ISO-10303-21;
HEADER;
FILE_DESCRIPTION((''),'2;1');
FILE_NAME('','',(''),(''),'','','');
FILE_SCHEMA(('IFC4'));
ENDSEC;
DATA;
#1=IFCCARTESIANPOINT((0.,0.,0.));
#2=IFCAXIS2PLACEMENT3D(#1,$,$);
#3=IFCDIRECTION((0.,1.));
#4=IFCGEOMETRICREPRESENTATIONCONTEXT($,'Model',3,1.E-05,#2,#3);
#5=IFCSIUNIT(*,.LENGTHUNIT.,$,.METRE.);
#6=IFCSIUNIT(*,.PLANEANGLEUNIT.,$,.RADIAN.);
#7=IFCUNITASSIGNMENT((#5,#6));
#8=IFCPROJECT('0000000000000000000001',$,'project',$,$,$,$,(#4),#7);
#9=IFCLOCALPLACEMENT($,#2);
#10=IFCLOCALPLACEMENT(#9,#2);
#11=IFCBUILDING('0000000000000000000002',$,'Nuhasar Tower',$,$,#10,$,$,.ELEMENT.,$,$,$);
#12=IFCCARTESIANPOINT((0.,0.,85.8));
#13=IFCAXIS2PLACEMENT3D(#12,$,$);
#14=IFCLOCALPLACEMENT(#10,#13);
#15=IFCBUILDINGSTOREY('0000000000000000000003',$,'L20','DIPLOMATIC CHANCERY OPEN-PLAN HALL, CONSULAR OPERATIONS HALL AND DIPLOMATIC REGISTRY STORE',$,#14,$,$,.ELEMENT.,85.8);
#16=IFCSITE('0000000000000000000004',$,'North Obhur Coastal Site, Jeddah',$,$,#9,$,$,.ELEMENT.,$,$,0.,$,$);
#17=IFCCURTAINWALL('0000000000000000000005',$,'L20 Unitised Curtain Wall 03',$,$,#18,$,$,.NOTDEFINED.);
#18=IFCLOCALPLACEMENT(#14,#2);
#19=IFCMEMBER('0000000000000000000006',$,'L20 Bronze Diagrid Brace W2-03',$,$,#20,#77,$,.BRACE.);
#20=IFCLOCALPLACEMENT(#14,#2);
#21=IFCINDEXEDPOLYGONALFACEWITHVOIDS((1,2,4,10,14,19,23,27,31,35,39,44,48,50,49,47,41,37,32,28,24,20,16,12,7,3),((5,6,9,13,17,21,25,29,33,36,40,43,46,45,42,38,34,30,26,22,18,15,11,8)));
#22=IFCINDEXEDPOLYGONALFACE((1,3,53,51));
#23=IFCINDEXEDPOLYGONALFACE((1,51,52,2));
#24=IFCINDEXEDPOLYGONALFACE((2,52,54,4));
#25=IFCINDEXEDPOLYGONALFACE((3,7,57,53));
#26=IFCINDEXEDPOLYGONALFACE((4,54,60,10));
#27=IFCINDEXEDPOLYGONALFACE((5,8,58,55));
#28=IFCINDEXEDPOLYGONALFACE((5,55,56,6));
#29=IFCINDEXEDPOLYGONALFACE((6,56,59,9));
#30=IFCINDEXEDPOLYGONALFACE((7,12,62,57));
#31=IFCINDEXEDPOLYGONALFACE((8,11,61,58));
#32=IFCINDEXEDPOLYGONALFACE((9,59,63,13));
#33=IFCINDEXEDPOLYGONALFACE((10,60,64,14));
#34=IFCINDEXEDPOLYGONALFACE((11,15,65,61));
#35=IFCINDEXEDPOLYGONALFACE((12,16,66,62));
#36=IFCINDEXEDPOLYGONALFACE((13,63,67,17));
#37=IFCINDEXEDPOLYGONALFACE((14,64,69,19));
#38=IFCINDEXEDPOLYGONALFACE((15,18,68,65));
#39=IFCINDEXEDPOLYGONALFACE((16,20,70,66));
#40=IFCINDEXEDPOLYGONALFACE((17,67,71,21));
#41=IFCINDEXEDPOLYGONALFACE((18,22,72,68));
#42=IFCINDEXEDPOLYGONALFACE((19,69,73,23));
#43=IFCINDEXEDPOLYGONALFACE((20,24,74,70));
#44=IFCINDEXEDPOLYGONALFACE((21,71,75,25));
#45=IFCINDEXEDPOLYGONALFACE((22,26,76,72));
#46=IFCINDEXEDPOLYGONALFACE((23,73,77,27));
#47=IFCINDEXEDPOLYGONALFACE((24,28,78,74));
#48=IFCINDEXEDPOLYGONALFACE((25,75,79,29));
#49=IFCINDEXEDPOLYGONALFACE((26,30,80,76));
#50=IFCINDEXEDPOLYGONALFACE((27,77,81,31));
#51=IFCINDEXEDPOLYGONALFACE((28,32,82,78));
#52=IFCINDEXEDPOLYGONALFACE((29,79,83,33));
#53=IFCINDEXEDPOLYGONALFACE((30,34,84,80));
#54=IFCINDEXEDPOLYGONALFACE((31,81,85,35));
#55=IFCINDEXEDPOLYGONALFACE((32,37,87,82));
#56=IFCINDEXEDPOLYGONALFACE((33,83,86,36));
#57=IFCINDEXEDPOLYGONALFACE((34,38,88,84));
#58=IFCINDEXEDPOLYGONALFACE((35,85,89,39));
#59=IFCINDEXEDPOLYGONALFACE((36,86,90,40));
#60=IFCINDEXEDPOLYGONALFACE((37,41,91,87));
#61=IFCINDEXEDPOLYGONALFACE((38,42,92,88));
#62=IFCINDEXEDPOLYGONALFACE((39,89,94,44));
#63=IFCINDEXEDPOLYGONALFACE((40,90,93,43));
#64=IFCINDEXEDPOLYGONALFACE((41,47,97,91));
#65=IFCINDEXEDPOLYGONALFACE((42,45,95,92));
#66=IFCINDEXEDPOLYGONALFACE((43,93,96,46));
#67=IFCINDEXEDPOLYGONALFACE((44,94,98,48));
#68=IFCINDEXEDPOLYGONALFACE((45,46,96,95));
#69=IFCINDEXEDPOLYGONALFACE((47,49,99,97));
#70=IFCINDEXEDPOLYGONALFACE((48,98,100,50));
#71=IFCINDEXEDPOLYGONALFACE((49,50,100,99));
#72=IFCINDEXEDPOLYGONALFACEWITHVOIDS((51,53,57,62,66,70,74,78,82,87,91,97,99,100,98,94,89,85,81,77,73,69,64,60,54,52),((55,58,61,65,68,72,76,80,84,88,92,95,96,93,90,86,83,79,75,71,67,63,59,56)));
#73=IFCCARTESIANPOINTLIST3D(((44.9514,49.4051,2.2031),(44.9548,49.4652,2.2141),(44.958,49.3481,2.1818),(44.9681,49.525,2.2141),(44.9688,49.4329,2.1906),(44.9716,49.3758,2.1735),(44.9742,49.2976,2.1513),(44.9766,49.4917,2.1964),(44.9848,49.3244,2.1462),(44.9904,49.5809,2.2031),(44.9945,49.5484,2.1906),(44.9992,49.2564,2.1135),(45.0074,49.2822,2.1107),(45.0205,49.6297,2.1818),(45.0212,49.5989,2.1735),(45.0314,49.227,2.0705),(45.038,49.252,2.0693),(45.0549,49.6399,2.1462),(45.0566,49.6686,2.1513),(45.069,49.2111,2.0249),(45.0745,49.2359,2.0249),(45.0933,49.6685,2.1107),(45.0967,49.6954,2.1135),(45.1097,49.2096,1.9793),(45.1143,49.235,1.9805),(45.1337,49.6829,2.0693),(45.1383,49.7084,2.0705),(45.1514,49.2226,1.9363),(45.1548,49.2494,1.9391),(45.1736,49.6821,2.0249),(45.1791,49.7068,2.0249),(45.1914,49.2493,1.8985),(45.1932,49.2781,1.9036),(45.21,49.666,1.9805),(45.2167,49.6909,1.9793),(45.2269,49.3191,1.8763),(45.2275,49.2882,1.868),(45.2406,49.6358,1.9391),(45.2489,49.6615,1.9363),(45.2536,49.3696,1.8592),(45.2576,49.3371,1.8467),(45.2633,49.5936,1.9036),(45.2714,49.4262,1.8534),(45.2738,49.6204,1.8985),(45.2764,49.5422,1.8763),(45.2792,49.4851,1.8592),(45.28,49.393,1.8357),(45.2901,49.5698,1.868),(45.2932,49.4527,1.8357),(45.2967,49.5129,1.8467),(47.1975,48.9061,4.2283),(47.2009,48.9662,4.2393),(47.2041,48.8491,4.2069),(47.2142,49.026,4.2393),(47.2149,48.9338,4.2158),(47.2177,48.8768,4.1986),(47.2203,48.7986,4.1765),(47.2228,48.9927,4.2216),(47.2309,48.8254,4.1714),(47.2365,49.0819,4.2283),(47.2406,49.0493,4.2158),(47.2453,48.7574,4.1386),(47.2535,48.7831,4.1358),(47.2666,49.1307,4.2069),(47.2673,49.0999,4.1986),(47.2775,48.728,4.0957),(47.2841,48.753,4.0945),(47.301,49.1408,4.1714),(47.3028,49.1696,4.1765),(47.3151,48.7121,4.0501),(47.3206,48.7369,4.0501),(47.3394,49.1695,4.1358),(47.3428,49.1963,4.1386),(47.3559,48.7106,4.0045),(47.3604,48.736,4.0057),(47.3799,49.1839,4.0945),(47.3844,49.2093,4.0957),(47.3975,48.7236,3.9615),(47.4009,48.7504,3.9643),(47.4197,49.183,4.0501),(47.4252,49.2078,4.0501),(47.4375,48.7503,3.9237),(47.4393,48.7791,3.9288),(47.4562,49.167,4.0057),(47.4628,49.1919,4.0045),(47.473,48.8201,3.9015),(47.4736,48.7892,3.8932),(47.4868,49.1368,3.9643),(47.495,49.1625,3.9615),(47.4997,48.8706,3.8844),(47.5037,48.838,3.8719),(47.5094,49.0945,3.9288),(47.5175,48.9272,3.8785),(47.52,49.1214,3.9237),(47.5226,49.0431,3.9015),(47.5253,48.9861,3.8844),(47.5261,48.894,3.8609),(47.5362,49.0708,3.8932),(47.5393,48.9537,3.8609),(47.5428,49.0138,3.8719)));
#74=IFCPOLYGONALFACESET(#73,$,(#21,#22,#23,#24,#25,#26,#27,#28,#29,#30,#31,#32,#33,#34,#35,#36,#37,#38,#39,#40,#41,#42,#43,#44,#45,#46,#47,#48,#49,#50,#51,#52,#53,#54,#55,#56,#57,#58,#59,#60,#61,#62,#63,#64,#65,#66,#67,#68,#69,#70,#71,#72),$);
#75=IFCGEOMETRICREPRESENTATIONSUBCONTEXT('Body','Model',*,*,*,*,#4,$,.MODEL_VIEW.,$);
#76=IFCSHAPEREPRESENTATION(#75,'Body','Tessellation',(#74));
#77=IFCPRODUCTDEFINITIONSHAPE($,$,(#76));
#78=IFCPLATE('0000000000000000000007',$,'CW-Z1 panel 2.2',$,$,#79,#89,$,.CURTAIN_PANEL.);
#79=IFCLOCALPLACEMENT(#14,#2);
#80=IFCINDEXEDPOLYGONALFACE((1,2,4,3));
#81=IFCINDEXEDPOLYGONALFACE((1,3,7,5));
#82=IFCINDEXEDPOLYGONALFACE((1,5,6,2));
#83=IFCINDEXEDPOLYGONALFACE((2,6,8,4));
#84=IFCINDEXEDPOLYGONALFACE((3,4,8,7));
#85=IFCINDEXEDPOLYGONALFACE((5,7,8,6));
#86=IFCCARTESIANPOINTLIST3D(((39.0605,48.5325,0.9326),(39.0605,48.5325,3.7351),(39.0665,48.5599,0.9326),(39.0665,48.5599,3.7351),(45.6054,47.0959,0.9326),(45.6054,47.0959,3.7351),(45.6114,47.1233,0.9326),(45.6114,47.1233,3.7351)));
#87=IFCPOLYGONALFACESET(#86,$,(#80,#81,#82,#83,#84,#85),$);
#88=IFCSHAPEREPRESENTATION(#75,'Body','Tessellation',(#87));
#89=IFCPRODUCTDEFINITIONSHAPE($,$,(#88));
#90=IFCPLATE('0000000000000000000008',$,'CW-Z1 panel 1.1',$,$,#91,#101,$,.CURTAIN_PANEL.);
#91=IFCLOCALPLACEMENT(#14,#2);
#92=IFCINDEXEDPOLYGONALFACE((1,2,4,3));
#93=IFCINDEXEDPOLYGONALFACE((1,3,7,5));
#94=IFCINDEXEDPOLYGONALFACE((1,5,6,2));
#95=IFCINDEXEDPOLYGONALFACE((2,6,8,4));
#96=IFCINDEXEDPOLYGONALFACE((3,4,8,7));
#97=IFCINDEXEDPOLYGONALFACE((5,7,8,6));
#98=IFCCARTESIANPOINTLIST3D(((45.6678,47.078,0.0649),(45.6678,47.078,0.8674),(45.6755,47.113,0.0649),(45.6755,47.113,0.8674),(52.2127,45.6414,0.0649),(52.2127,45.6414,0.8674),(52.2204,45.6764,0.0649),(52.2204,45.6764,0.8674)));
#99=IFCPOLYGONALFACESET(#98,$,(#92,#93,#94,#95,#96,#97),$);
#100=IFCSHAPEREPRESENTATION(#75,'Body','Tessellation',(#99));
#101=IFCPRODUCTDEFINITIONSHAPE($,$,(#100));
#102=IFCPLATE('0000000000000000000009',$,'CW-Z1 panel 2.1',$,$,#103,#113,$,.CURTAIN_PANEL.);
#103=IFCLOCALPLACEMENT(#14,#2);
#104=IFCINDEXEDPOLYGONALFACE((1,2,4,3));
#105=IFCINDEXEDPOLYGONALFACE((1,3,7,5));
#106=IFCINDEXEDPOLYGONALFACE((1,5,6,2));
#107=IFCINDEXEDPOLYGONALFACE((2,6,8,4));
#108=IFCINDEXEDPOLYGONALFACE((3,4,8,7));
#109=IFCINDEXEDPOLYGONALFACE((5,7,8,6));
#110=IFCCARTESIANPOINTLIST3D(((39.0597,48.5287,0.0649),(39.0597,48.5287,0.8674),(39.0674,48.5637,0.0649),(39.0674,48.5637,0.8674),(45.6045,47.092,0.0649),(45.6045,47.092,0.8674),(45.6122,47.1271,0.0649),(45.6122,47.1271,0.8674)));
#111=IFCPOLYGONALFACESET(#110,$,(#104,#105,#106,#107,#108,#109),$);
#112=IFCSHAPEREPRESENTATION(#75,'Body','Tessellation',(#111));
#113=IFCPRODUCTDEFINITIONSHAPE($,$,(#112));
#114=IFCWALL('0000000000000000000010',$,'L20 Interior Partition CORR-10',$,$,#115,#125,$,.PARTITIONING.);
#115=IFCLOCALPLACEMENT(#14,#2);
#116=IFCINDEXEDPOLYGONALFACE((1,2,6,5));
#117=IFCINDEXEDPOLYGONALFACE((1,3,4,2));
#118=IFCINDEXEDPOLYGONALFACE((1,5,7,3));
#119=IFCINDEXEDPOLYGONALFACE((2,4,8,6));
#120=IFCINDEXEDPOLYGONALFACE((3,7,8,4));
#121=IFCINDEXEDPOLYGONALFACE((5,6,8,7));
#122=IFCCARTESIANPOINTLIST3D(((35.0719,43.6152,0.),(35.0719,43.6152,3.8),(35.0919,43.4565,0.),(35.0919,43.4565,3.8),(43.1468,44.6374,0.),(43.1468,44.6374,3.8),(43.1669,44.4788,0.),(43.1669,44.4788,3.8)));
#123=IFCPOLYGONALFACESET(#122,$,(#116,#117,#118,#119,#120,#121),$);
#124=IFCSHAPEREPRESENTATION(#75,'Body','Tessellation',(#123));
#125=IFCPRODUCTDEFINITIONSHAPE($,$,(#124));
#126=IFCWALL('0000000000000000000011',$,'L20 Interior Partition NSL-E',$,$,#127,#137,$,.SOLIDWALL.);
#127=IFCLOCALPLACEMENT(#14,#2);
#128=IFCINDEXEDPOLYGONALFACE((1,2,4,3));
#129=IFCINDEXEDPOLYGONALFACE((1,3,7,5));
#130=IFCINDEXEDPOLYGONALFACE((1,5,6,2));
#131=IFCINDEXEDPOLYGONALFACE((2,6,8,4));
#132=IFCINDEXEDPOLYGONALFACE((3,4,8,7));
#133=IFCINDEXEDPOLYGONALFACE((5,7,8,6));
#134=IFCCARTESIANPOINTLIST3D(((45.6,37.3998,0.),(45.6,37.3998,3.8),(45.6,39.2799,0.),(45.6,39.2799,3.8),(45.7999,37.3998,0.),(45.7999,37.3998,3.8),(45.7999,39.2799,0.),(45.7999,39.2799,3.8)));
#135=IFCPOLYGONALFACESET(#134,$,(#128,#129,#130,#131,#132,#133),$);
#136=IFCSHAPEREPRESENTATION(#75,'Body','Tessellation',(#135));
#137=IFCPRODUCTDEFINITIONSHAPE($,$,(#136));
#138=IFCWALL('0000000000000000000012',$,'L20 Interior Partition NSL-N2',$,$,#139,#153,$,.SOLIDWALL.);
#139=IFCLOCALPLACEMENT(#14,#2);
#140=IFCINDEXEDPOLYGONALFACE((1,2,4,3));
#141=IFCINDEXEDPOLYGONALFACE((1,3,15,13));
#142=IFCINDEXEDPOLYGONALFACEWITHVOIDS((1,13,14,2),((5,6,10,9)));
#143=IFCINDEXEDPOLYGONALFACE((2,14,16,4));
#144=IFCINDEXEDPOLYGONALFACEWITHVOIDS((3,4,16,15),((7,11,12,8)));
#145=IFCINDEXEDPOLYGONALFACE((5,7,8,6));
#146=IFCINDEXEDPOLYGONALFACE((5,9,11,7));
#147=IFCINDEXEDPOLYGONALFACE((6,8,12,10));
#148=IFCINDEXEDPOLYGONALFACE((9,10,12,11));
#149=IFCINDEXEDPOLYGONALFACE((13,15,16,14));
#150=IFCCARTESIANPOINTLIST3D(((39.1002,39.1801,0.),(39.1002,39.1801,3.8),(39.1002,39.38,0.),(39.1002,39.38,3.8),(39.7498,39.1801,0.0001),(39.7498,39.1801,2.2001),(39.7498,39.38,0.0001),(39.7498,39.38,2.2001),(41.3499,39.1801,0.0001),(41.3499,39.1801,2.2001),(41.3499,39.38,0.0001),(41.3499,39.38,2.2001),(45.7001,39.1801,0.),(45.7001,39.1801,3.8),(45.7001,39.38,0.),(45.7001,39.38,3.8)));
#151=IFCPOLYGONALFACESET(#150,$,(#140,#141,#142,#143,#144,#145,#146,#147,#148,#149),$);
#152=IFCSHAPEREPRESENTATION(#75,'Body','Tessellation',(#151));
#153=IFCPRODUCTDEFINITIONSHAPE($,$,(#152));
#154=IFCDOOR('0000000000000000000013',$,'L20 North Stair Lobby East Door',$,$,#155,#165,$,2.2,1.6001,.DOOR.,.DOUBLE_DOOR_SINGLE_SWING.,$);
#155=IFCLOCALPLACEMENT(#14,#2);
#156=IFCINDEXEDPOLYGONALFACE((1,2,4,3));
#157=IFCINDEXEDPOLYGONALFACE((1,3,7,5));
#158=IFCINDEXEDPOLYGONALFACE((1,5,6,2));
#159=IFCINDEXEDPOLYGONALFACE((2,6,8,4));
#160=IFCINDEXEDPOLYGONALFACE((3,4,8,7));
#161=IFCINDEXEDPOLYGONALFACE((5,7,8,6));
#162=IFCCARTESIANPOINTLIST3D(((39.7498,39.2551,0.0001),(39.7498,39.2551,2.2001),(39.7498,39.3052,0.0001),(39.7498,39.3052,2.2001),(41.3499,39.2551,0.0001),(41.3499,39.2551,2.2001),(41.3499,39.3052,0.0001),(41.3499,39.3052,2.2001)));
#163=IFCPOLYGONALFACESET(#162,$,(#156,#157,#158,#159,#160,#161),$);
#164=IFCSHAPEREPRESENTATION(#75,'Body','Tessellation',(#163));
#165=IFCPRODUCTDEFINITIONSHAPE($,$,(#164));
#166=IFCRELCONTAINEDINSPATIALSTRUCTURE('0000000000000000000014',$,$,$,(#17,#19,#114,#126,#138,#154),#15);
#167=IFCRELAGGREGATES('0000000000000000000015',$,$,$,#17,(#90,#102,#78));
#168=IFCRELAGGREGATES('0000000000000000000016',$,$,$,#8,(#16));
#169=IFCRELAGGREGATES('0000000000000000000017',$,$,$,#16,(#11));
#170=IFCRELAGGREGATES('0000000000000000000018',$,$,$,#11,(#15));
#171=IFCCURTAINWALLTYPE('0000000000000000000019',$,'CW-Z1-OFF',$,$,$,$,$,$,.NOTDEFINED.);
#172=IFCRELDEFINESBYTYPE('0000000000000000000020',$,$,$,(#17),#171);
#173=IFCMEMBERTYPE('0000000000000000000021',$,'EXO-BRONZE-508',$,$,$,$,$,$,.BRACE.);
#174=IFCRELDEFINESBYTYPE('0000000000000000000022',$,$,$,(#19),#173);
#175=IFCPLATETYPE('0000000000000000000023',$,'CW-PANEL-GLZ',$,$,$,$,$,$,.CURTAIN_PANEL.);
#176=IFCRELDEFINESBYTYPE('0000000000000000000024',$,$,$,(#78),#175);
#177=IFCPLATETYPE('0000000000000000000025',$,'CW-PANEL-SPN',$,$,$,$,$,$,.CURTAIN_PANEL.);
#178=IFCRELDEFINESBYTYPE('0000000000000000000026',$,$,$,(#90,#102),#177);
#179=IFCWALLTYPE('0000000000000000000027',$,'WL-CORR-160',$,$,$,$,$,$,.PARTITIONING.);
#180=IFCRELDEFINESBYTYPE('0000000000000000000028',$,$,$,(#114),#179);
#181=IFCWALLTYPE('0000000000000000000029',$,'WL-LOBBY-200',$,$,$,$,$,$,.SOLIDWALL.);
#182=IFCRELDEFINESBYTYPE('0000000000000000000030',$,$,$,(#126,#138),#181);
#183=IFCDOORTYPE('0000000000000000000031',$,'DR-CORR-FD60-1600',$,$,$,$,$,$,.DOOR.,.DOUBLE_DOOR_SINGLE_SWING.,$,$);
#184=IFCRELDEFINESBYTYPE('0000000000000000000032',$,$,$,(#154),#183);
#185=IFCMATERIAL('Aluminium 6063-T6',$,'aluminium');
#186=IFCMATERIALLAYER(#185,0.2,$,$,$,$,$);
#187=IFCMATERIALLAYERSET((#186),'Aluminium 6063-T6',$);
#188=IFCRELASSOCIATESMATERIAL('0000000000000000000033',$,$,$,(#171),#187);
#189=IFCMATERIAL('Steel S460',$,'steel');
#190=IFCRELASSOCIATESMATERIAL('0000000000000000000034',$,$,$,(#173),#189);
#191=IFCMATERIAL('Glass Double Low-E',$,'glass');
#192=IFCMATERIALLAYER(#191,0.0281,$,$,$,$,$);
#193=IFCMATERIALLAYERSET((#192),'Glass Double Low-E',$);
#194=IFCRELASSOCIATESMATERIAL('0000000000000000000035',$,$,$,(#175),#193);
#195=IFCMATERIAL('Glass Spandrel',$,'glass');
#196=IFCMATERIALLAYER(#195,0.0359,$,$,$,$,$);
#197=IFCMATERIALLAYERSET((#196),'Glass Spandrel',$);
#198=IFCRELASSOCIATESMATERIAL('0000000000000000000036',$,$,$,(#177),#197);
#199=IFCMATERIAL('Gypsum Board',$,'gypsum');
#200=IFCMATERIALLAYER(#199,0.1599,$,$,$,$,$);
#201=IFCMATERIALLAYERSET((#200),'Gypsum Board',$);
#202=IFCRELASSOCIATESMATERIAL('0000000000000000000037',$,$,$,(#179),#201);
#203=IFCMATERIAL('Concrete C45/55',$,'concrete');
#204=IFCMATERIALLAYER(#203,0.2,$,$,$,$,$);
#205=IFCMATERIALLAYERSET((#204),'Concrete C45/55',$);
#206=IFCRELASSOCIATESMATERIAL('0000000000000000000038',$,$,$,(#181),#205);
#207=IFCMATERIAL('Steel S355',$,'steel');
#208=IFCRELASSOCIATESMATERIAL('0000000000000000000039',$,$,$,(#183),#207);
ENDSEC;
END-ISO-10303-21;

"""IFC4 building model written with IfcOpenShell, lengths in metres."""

from ifc_helpers import new_model, si_unit, direction, frame, frame_2d, origin, origin_2d, place, context, subcontext, project, spatial, rectangle, hollow_circle, extrude, material, layer, layer_set, material_profile, profile_set, type_object, element, fill, aggregate, save


model = new_model("IFC4")

# Units and contexts
model_context = context("Model", 3, precision=1e-05, world=origin(), true_north=direction((0.0, 1.0)))
body_context = subcontext(model_context, "Body", "Model", "MODEL_VIEW")
ifc_project = project(units=[si_unit("LENGTHUNIT", "METRE"), si_unit("PLANEANGLEUNIT", "RADIAN")], contexts=[model_context])

# Site, building, storey
site_placement = place(None, origin())
site = spatial("IfcSite", under=ifc_project, at=site_placement, Name="North Obhur Coastal Site, Jeddah", CompositionType="ELEMENT", RefElevation=0.0)
building_placement = place(site_placement, origin())
building = spatial("IfcBuilding", under=site, at=building_placement, Name="Nuhasar Tower", CompositionType="ELEMENT")
storey_placement = place(building_placement, frame((0.0, 0.0, 85.8)))
storey = spatial("IfcBuildingStorey", under=building, at=storey_placement, Name="L20", Description="DIPLOMATIC CHANCERY OPEN-PLAN HALL, CONSULAR OPERATIONS HALL AND DIPLOMATIC REGISTRY STORE", CompositionType="ELEMENT", Elevation=85.8)

# Shared definitions
ifc_material_1 = material(Name="Steel S355", Category="steel")

# Curtain wall
ifc_material_2 = material(Name="Aluminium 6063-T6", Category="aluminium")
ifc_layer_1 = layer(ifc_material_2, 0.2)
ifc_layer_set_1 = layer_set([ifc_layer_1], Name="Aluminium 6063-T6")
curtain_wall_type = type_object("IfcCurtainWallType", Name="CW-Z1-OFF", PredefinedType="NOTDEFINED", material=ifc_layer_set_1)
curtain_wall_placement = place(storey_placement, origin())
curtain_wall = element("IfcCurtainWall", 1, at=curtain_wall_placement, inside=storey, type_object=curtain_wall_type, Name="L20 Unitised Curtain Wall 03", PredefinedType="NOTDEFINED")

# Member
ifc_material_3 = material(Name="Steel S460", Category="steel")
ifc_material_profile_1 = material_profile(ifc_material_3, hollow_circle(Radius=0.2539, WallThickness=0.0254, at=origin_2d()), Name="HSS508X25.4")
ifc_profile_set_1 = profile_set([ifc_material_profile_1], Name="Steel S460")
member_type_1 = type_object("IfcMemberType", Name="EXO-BRONZE-508", PredefinedType="BRACE", material=ifc_profile_set_1)
member_1_placement = place(storey_placement, frame((45.124, 49.459, 2.0249), z_axis=(0.732783, -0.162805, 0.660699), x_axis=(0.216886, 0.976197, 0.0)))
element("IfcMember", 2, at=member_1_placement, inside=storey, type_object=member_type_1, Name="L20 Bronze Diagrid Brace W2-03", PredefinedType="BRACE", context=body_context, shape_type="SweptSolid", body=[
    extrude(hollow_circle(Radius=0.2539, WallThickness=0.0254, at=origin_2d()), origin(), (0.0, 0.0, 1.0), 3.0652),
])

# Plates
ifc_material_4 = material(Name="Glass Double Low-E", Category="glass")
ifc_layer_2 = layer(ifc_material_4, 0.0281)
ifc_layer_set_2 = layer_set([ifc_layer_2], Name="Glass Double Low-E")
plate_type_1 = type_object("IfcPlateType", Name="CW-PANEL-GLZ", PredefinedType="CURTAIN_PANEL", material=ifc_layer_set_2)
plate_1_placement = place(storey_placement, frame((42.3359, 47.8279, 0.9326), z_axis=(0.0, 0.0, 1.0), x_axis=(-0.976746, 0.214399, 0.0)))
plate_1 = element("IfcPlate", 3, at=plate_1_placement, type_object=plate_type_1, Name="CW-Z1 panel 2.2", PredefinedType="CURTAIN_PANEL", context=body_context, shape_type="SweptSolid", body=[
    extrude(rectangle(XDim=6.7007, YDim=0.0281, at=origin_2d()), origin(), (0.0, 0.0, 1.0), 2.8025),
])
ifc_material_5 = material(Name="Glass Spandrel", Category="glass")
ifc_layer_3 = layer(ifc_material_5, 0.0359)
ifc_layer_set_3 = layer_set([ifc_layer_3], Name="Glass Spandrel")
plate_type_2 = type_object("IfcPlateType", Name="CW-PANEL-SPN", PredefinedType="CURTAIN_PANEL", material=ifc_layer_set_3)
plate_2_placement = place(storey_placement, frame((48.9441, 46.3772, 0.0649), z_axis=(0.0, 0.0, 1.0), x_axis=(-0.976746, 0.214399, 0.0)))
plate_2 = element("IfcPlate", 4, at=plate_2_placement, type_object=plate_type_2, Name="CW-Z1 panel 1.1", PredefinedType="CURTAIN_PANEL", context=body_context, shape_type="SweptSolid", body=[
    extrude(rectangle(XDim=6.7007, YDim=0.0359, at=origin_2d()), origin(), (0.0, 0.0, 1.0), 0.8025),
])
plate_3_placement = place(storey_placement, frame((42.3359, 47.8279, 0.0649), z_axis=(0.0, 0.0, 1.0), x_axis=(-0.976746, 0.214399, 0.0)))
plate_3 = element("IfcPlate", 5, at=plate_3_placement, type_object=plate_type_2, Name="CW-Z1 panel 2.1", PredefinedType="CURTAIN_PANEL", context=body_context, shape_type="SweptSolid", body=[
    extrude(rectangle(XDim=6.7007, YDim=0.0359, at=origin_2d()), origin(), (0.0, 0.0, 1.0), 0.8025),
])
aggregate(curtain_wall, [plate_2, plate_3, plate_1])

# Walls
ifc_material_6 = material(Name="Gypsum Board", Category="gypsum")
ifc_layer_4 = layer(ifc_material_6, 0.1599)
ifc_layer_set_4 = layer_set([ifc_layer_4], Name="Gypsum Board")
wall_type_1 = type_object("IfcWallType", Name="WL-CORR-160", PredefinedType="PARTITIONING", material=ifc_layer_set_4)
wall_1_placement = place(storey_placement, frame((43.157, 44.5581, 0.0), z_axis=(0.0, 0.0, 1.0), x_axis=(-0.992082, -0.125589, 0.0)))
element("IfcWall", 6, at=wall_1_placement, inside=storey, type_object=wall_type_1, Name="L20 Interior Partition CORR-10", PredefinedType="PARTITIONING", context=body_context, shape_type="SweptSolid", body=[
    extrude(rectangle(XDim=8.1394, YDim=0.1599, at=frame_2d((4.0698, 0.0))), origin(), (0.0, 0.0, 1.0), 3.8),
])
ifc_material_7 = material(Name="Concrete C45/55", Category="concrete")
ifc_layer_5 = layer(ifc_material_7, 0.2)
ifc_layer_set_5 = layer_set([ifc_layer_5], Name="Concrete C45/55")
wall_type_2 = type_object("IfcWallType", Name="WL-LOBBY-200", PredefinedType="SOLIDWALL", material=ifc_layer_set_5)
wall_2_placement = place(storey_placement, frame((45.7, 37.3999, 0.0), z_axis=(0.0, 0.0, 1.0), x_axis=(0.0, 1.0, 0.0)))
element("IfcWall", 7, at=wall_2_placement, inside=storey, type_object=wall_type_2, Name="L20 Interior Partition NSL-E", PredefinedType="SOLIDWALL", context=body_context, shape_type="SweptSolid", body=[
    extrude(rectangle(XDim=1.8801, YDim=0.2, at=frame_2d((0.9399, 0.0))), origin(), (0.0, 0.0, 1.0), 3.8),
])

# Wall, opening, door
wall_3_placement = place(storey_placement, frame((45.7, 39.28, 0.0), z_axis=(0.0, 0.0, 1.0), x_axis=(-1.0, 0.0, 0.0)))
wall_3 = element("IfcWall", 8, at=wall_3_placement, inside=storey, type_object=wall_type_2, Name="L20 Interior Partition NSL-N2", PredefinedType="SOLIDWALL", context=body_context, shape_type="SweptSolid", body=[
    extrude(rectangle(XDim=6.5999, YDim=0.2, at=frame_2d((3.2998, 0.0))), origin(), (0.0, 0.0, 1.0), 3.8),
])
opening_1_placement = place(wall_3_placement, frame((4.3501, 0.0, 0.0)))
opening_1 = element("IfcOpeningElement", 9, at=opening_1_placement, cuts=wall_3, PredefinedType="OPENING", context=body_context, shape_type="SweptSolid", body=[
    extrude(rectangle(XDim=1.6001, YDim=2.2, at=frame_2d((0.8, 1.1001))), frame((0.0, 0.1099, 0.0), z_axis=(0.0, -1.0, 0.0), x_axis=(1.0, 0.0, 0.0)), (0.0, 0.0, 1.0), 0.22),
])
door_type_1 = type_object("IfcDoorType", Name="DR-CORR-FD60-1600", OperationType="DOUBLE_DOOR_SINGLE_SWING", PredefinedType="DOOR", material=ifc_material_1)
door_1_placement = place(opening_1_placement, origin())
door_1 = element("IfcDoor", 10, at=door_1_placement, inside=storey, type_object=door_type_1, Name="L20 North Stair Lobby East Door", OperationType="DOUBLE_DOOR_SINGLE_SWING", OverallHeight=2.2, OverallWidth=1.6001, PredefinedType="DOOR", context=body_context, shape_type="SweptSolid", body=[
    extrude(rectangle(XDim=1.6001, YDim=2.2, at=frame_2d((0.8, 1.1001))), frame((0.0, 0.0249, 0.0), z_axis=(0.0, -1.0, 0.0), x_axis=(1.0, 0.0, 0.0)), (0.0, 0.0, 1.0), 0.05),
])
fill(opening_1, door_1)

save(model, "model.ifc")
